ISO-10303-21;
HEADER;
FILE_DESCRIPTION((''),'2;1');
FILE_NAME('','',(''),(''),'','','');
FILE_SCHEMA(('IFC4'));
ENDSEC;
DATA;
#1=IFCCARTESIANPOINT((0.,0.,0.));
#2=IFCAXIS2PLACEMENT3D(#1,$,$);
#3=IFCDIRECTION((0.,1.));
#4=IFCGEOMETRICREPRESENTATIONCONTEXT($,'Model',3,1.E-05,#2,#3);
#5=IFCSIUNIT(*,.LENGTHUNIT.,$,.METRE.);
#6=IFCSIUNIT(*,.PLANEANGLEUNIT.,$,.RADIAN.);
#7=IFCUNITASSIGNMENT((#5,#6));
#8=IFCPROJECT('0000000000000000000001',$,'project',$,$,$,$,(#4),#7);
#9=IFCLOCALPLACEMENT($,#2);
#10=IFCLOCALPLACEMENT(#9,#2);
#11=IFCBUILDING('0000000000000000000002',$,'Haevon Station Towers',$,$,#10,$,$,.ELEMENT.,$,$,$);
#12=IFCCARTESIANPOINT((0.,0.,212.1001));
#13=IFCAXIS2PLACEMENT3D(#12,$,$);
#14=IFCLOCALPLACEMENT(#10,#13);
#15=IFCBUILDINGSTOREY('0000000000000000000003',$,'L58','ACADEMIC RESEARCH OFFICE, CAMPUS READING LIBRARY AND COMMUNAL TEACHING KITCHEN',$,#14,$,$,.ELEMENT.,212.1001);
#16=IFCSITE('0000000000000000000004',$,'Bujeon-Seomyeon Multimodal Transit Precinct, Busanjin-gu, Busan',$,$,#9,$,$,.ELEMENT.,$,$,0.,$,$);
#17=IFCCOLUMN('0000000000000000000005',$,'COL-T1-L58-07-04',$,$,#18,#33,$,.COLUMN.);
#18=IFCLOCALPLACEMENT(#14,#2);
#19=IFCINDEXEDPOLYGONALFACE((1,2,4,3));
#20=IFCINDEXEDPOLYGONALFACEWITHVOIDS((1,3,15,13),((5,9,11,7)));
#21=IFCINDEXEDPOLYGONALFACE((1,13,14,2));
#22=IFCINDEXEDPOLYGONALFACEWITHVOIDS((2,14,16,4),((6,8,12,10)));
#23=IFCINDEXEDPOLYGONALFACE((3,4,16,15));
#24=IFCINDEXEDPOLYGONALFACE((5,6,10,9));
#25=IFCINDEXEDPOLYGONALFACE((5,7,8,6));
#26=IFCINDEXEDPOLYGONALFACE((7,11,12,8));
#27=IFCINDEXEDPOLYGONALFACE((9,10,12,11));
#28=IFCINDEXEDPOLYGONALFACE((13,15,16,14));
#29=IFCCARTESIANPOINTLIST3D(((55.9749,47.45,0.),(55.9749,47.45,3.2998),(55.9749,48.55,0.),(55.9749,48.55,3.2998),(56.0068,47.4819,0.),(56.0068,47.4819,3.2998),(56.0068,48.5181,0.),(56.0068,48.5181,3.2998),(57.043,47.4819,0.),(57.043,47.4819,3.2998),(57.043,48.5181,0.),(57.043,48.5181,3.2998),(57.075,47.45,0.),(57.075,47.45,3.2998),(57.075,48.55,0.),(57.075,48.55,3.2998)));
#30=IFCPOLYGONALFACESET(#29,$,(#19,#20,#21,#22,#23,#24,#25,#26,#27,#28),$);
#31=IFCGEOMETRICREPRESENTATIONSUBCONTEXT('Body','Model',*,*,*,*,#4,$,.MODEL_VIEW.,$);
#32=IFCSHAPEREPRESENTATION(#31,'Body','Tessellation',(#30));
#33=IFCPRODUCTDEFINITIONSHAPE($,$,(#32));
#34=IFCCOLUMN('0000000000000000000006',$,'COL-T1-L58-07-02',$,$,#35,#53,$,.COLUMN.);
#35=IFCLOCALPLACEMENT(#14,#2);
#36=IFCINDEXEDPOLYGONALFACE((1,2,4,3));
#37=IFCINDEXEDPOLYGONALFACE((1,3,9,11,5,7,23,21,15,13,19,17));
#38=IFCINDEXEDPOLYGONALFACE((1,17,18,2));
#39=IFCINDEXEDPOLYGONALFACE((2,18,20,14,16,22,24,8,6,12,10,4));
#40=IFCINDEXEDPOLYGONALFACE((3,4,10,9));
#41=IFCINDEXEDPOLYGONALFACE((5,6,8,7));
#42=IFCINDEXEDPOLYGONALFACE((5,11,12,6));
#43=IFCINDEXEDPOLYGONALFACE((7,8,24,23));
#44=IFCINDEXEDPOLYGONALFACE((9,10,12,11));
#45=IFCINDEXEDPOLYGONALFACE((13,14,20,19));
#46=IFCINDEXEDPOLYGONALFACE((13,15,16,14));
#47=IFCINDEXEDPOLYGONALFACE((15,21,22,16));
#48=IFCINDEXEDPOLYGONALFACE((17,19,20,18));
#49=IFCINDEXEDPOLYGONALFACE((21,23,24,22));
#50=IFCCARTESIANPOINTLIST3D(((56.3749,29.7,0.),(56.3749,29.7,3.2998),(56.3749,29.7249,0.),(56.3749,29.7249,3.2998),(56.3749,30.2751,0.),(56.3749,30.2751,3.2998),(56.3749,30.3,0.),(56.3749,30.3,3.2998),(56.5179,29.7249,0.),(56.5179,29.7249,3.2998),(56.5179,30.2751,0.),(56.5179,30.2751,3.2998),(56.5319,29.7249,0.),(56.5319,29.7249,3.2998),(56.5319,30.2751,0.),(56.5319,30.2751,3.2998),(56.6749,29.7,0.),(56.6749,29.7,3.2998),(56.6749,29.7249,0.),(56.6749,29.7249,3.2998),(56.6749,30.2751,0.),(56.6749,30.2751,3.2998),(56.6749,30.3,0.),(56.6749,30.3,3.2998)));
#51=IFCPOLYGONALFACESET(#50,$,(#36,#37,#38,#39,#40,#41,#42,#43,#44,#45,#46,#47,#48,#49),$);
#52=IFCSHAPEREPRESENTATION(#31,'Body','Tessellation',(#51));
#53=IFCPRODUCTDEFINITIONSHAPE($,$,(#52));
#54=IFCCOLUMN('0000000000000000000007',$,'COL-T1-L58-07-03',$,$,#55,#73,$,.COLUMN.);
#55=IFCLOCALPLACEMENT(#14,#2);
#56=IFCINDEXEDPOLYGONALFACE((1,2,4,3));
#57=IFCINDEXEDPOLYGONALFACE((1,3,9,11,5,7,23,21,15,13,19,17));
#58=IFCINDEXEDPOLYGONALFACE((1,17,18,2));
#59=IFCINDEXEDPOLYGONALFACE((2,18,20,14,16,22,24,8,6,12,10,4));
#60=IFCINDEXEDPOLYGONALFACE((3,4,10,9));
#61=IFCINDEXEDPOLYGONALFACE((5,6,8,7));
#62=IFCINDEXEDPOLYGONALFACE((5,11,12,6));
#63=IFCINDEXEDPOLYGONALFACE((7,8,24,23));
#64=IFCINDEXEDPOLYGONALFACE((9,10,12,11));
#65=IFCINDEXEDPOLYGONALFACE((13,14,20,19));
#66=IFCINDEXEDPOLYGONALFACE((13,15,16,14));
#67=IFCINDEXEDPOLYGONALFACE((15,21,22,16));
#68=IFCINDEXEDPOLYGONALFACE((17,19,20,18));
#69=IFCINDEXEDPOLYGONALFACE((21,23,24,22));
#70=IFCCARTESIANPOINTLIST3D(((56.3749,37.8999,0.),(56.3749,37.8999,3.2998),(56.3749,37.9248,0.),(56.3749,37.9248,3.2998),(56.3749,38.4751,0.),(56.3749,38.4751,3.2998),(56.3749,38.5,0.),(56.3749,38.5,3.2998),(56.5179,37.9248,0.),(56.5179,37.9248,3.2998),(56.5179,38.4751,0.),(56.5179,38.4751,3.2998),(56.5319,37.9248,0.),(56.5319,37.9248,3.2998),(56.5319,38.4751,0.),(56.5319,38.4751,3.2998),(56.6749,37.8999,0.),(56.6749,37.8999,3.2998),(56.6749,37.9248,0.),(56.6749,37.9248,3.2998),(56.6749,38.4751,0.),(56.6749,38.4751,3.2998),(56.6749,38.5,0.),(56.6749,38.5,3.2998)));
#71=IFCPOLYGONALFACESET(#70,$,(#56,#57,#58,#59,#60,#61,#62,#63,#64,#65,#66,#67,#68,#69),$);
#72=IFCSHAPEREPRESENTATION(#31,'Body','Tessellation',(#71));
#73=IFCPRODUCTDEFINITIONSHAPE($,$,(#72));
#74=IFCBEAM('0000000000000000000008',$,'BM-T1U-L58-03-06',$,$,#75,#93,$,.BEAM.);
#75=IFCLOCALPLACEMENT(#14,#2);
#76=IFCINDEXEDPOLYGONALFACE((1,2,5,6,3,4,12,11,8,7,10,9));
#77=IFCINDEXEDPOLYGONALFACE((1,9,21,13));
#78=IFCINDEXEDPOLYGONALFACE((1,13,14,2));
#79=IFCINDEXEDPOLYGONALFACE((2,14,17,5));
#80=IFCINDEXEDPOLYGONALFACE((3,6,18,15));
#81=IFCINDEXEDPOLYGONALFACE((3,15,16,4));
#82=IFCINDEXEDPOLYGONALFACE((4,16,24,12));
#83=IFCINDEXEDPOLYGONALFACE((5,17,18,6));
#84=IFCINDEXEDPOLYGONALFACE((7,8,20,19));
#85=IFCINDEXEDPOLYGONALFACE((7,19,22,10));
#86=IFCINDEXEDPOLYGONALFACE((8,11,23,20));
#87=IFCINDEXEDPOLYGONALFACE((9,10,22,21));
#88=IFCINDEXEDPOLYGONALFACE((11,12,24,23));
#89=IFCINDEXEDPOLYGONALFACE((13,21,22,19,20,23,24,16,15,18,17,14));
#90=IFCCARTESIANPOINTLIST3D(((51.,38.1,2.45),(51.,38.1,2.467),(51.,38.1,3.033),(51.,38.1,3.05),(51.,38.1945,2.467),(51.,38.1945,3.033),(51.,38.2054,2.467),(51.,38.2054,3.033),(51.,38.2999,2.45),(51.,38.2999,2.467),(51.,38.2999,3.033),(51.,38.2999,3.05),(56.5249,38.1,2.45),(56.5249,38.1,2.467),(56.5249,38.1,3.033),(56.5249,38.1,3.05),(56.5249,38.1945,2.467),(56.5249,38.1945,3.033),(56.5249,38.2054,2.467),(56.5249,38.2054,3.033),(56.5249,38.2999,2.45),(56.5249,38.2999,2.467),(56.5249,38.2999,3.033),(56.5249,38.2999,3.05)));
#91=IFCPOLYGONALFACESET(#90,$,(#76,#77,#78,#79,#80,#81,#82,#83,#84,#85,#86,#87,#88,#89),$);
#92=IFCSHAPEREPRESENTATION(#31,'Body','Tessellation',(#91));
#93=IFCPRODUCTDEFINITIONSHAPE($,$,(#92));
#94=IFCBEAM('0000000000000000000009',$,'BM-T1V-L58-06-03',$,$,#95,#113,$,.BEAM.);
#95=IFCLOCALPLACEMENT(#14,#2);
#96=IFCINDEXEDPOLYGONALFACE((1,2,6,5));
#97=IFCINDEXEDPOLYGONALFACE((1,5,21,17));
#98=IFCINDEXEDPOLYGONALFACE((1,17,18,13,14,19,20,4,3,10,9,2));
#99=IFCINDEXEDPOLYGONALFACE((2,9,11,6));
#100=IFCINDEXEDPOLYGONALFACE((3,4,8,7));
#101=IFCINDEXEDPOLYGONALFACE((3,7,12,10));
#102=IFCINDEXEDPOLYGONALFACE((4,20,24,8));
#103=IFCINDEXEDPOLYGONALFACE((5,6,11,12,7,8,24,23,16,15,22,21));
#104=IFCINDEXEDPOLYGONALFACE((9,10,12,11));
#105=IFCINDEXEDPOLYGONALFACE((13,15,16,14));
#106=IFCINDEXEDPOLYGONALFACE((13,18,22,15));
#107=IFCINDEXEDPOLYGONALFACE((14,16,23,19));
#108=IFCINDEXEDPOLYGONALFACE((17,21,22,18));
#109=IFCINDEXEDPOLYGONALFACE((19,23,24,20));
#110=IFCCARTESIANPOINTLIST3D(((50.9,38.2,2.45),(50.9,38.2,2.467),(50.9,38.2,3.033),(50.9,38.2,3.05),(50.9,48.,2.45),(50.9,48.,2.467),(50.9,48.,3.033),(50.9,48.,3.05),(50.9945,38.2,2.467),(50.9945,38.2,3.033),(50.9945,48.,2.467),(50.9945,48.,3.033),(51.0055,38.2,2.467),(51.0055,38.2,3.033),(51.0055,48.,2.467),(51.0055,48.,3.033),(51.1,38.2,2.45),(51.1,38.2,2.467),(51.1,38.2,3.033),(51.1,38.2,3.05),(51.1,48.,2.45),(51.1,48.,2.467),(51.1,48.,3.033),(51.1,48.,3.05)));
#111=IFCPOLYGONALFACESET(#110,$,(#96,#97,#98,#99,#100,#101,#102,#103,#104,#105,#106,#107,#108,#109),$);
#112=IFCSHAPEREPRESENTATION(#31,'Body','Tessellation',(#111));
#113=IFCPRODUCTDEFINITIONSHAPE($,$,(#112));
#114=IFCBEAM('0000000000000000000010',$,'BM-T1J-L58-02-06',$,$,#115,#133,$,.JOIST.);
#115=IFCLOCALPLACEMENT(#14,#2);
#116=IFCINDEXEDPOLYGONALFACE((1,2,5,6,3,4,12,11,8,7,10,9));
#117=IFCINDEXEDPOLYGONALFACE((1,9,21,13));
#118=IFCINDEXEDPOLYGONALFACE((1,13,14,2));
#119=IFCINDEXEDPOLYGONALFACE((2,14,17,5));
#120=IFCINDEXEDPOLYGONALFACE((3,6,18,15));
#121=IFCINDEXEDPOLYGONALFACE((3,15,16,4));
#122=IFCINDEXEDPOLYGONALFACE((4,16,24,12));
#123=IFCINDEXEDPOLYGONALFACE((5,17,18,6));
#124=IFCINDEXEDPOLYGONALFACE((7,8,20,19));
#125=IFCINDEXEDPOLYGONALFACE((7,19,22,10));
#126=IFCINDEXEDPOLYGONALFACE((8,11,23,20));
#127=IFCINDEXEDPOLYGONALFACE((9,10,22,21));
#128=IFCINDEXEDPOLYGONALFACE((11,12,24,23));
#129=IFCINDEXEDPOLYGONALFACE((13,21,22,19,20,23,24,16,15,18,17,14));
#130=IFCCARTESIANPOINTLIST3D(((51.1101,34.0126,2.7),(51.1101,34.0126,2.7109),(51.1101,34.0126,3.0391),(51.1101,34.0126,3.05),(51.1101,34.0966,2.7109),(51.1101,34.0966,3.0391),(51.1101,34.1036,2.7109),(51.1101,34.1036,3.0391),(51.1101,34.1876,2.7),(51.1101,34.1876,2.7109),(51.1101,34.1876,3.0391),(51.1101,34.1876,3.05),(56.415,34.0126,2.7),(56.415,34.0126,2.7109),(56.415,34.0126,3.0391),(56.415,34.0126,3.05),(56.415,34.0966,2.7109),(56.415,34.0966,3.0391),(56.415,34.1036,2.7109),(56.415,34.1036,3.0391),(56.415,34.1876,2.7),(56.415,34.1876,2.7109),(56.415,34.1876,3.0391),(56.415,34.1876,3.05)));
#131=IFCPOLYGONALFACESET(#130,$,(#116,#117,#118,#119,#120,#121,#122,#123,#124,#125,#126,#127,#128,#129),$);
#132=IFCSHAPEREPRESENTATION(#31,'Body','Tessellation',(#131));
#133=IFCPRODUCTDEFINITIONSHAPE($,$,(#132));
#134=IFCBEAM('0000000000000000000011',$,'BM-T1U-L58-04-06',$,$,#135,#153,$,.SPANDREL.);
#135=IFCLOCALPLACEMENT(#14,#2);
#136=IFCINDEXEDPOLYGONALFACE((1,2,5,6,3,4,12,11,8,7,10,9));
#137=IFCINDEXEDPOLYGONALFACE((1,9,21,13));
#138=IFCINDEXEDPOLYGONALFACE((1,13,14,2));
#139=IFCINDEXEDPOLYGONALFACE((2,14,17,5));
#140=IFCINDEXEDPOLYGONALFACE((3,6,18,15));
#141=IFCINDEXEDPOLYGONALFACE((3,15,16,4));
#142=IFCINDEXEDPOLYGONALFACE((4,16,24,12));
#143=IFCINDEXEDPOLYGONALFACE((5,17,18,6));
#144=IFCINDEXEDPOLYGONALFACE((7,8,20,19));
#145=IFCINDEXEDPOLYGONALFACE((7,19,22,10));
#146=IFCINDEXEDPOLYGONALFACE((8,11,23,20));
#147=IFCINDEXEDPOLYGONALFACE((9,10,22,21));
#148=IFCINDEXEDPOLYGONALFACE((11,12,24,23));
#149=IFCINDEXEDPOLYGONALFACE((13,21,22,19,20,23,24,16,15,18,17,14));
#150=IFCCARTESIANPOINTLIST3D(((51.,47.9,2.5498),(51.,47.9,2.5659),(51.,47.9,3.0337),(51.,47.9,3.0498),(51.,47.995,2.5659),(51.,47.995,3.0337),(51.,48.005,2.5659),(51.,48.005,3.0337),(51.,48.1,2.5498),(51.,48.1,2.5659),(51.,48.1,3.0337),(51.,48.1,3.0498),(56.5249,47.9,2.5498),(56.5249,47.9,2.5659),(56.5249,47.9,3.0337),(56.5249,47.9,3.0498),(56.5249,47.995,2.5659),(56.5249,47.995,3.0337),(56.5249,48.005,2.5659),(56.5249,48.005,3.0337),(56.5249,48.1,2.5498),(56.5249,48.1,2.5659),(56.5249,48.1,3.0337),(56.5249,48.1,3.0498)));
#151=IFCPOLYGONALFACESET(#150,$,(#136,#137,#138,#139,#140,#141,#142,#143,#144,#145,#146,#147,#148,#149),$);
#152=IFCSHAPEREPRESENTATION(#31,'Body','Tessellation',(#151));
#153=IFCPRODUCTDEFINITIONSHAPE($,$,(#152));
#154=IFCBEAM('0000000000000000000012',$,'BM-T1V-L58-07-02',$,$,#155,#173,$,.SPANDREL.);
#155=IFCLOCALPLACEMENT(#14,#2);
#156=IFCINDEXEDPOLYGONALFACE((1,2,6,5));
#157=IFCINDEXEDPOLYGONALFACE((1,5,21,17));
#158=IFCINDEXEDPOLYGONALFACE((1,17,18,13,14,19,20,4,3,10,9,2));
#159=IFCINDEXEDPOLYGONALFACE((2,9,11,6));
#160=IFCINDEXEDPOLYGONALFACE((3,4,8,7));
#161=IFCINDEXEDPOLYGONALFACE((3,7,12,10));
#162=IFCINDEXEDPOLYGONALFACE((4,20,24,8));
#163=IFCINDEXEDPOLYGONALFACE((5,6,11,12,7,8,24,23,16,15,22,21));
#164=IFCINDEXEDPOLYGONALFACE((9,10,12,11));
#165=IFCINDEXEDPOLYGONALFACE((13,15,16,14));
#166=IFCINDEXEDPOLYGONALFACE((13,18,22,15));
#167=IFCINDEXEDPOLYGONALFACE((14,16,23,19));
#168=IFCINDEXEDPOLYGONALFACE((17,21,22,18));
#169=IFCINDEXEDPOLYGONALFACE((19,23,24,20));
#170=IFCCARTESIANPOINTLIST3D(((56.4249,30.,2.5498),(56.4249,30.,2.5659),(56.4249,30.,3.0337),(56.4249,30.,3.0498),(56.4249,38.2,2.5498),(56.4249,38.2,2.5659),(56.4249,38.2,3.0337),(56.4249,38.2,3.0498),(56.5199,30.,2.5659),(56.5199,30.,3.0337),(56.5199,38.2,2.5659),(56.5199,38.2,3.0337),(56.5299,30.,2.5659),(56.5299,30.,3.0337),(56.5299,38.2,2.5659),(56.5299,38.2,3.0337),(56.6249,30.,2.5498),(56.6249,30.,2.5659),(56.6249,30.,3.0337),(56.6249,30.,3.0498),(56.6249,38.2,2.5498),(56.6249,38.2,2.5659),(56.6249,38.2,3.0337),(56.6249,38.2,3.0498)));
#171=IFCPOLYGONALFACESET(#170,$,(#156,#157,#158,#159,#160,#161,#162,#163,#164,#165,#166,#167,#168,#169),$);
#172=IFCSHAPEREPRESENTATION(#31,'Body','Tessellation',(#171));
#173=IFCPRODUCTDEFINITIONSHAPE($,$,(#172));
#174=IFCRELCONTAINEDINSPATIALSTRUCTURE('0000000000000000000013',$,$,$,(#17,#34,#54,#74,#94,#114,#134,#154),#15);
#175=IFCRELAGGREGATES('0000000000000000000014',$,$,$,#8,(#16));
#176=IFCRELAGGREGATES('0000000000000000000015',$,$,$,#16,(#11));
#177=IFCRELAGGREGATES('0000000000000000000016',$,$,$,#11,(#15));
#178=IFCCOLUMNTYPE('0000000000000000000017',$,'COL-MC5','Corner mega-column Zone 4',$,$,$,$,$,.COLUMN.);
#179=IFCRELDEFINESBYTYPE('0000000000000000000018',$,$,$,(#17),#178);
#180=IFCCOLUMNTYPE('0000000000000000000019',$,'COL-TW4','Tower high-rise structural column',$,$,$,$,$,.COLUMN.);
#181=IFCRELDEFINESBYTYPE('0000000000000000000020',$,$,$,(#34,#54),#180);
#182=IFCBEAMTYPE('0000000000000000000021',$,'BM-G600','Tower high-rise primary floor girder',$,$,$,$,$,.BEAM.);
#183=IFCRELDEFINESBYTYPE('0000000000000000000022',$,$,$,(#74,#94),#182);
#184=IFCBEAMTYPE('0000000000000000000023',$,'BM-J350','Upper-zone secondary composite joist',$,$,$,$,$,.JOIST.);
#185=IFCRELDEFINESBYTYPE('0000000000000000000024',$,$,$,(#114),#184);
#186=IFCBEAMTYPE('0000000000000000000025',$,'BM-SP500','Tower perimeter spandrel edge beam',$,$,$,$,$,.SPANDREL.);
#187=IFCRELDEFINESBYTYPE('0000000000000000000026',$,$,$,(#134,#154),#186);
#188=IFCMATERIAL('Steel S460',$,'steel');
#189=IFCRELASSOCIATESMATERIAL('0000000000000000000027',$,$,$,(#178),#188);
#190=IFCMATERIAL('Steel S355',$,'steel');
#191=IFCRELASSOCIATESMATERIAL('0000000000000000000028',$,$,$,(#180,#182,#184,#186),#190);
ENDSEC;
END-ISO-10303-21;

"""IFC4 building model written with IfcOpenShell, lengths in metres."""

from ifc_helpers import new_model, si_unit, direction, frame, origin, origin_2d, place, context, subcontext, project, spatial, hollow_rectangle, i_section, extrude, material, material_profile, profile_set, type_object, element, save


model = new_model("IFC4")

# Units and contexts
model_context = context("Model", 3, precision=1e-05, world=origin(), true_north=direction((0.0, 1.0)))
body_context = subcontext(model_context, "Body", "Model", "MODEL_VIEW")
ifc_project = project(units=[si_unit("LENGTHUNIT", "METRE"), si_unit("PLANEANGLEUNIT", "RADIAN")], contexts=[model_context])

# Site, building, storey
site_placement = place(None, origin())
site = spatial("IfcSite", under=ifc_project, at=site_placement, Name="Bujeon-Seomyeon Multimodal Transit Precinct, Busanjin-gu, Busan", CompositionType="ELEMENT", RefElevation=0.0)
building_placement = place(site_placement, origin())
building = spatial("IfcBuilding", under=site, at=building_placement, Name="Haevon Station Towers", CompositionType="ELEMENT")
storey_placement = place(building_placement, frame((0.0, 0.0, 212.1001)))
storey = spatial("IfcBuildingStorey", under=building, at=storey_placement, Name="L58", Description="ACADEMIC RESEARCH OFFICE, CAMPUS READING LIBRARY AND COMMUNAL TEACHING KITCHEN", CompositionType="ELEMENT", Elevation=212.1001)

# Columns
ifc_material_1 = material(Name="Steel S460", Category="steel")
ifc_material_profile_1 = material_profile(ifc_material_1, hollow_rectangle(XDim=1.1001, YDim=1.1001, WallThickness=0.032, at=origin_2d()), Name="BOX-1100x1100x32")
ifc_profile_set_1 = profile_set([ifc_material_profile_1], Name="Steel S460")
column_type_1 = type_object("IfcColumnType", Name="COL-MC5", Description="Corner mega-column Zone 4", PredefinedType="COLUMN", material=ifc_profile_set_1)
column_placement = place(storey_placement, frame((56.5249, 48.0, 0.0), z_axis=(0.0, 0.0, 1.0), x_axis=(1.0, 0.0, 0.0)))
element("IfcColumn", 1, at=column_placement, inside=storey, type_object=column_type_1, Name="COL-T1-L58-07-04", PredefinedType="COLUMN", context=body_context, shape_type="SweptSolid", body=[
    extrude(hollow_rectangle(XDim=1.1001, YDim=1.1001, WallThickness=0.032, at=origin_2d()), origin(), (0.0, 0.0, 1.0), 3.2998),
])
ifc_material_2 = material(Name="Steel S355", Category="steel")
ifc_material_profile_2 = material_profile(ifc_material_2, i_section(OverallWidth=0.3, OverallDepth=0.6001, WebThickness=0.0139, FlangeThickness=0.0249, at=origin_2d()), Name="H-600x300x14x25")
ifc_profile_set_2 = profile_set([ifc_material_profile_2], Name="Steel S355")
column_type_2 = type_object("IfcColumnType", Name="COL-TW4", Description="Tower high-rise structural column", PredefinedType="COLUMN", material=ifc_profile_set_2)
for number, where, z_axis, x_axis, name in (
    (2, (56.5249, 30.0, 0.0), (0.0, 0.0, 1.0), (1.0, 0.0, 0.0), "COL-T1-L58-07-02"),
    (3, (56.5249, 38.2, 0.0), (0.0, 0.0, 1.0), (1.0, 0.0, 0.0), "COL-T1-L58-07-03"),
):
    element("IfcColumn", number, at=place(storey_placement, frame(where, z_axis=z_axis, x_axis=x_axis)), inside=storey, type_object=column_type_2, Name=name, PredefinedType="COLUMN", context=body_context, shape_type="SweptSolid", body=[
        extrude(i_section(OverallWidth=0.3, OverallDepth=0.6001, WebThickness=0.0139, FlangeThickness=0.0249, at=origin_2d()), origin(), (0.0, 0.0, 1.0), 3.2998),
    ])

# Beams
ifc_material_profile_3 = material_profile(ifc_material_2, i_section(OverallWidth=0.2, OverallDepth=0.6001, WebThickness=0.011, FlangeThickness=0.0171, at=origin_2d()), Name="H-600x200x11x17")
ifc_profile_set_3 = profile_set([ifc_material_profile_3], Name="Steel S355")
beam_type_1 = type_object("IfcBeamType", Name="BM-G600", Description="Tower high-rise primary floor girder", PredefinedType="BEAM", material=ifc_profile_set_3)
beam_1_placement = place(storey_placement, frame((51.0, 38.2, 2.75), z_axis=(1.0, 0.0, 0.0), x_axis=(0.0, 1.0, 0.0)))
element("IfcBeam", 4, at=beam_1_placement, inside=storey, type_object=beam_type_1, Name="BM-T1U-L58-03-06", PredefinedType="BEAM", context=body_context, shape_type="SweptSolid", body=[
    extrude(i_section(OverallWidth=0.2, OverallDepth=0.6001, WebThickness=0.011, FlangeThickness=0.0171, at=origin_2d()), origin(), (0.0, 0.0, 1.0), 5.5249),
])
beam_2_placement = place(storey_placement, frame((51.0, 38.2, 2.75), z_axis=(0.0, 1.0, 0.0), x_axis=(-1.0, 0.0, 0.0)))
element("IfcBeam", 5, at=beam_2_placement, inside=storey, type_object=beam_type_1, Name="BM-T1V-L58-06-03", PredefinedType="BEAM", context=body_context, shape_type="SweptSolid", body=[
    extrude(i_section(OverallWidth=0.2, OverallDepth=0.6001, WebThickness=0.011, FlangeThickness=0.0171, at=origin_2d()), origin(), (0.0, 0.0, 1.0), 9.8),
])
ifc_material_profile_4 = material_profile(ifc_material_2, i_section(OverallWidth=0.175, OverallDepth=0.3501, WebThickness=0.0071, FlangeThickness=0.011, at=origin_2d()), Name="H-350x175x7x11")
ifc_profile_set_4 = profile_set([ifc_material_profile_4], Name="Steel S355")
beam_type_2 = type_object("IfcBeamType", Name="BM-J350", Description="Upper-zone secondary composite joist", PredefinedType="JOIST", material=ifc_profile_set_4)
beam_3_placement = place(storey_placement, frame((51.1101, 34.1001, 2.875), z_axis=(1.0, 0.0, 0.0), x_axis=(0.0, 1.0, 0.0)))
element("IfcBeam", 6, at=beam_3_placement, inside=storey, type_object=beam_type_2, Name="BM-T1J-L58-02-06", PredefinedType="JOIST", context=body_context, shape_type="SweptSolid", body=[
    extrude(i_section(OverallWidth=0.175, OverallDepth=0.3501, WebThickness=0.0071, FlangeThickness=0.011, at=origin_2d()), origin(), (0.0, 0.0, 1.0), 5.3049),
])
ifc_material_profile_5 = material_profile(ifc_material_2, i_section(OverallWidth=0.2, OverallDepth=0.5, WebThickness=0.01, FlangeThickness=0.0161, at=origin_2d()), Name="H-500x200x10x16")
ifc_profile_set_5 = profile_set([ifc_material_profile_5], Name="Steel S355")
beam_type_3 = type_object("IfcBeamType", Name="BM-SP500", Description="Tower perimeter spandrel edge beam", PredefinedType="SPANDREL", material=ifc_profile_set_5)
beam_4_placement = place(storey_placement, frame((51.0, 48.0, 2.7998), z_axis=(1.0, 0.0, 0.0), x_axis=(0.0, 1.0, 0.0)))
element("IfcBeam", 7, at=beam_4_placement, inside=storey, type_object=beam_type_3, Name="BM-T1U-L58-04-06", PredefinedType="SPANDREL", context=body_context, shape_type="SweptSolid", body=[
    extrude(i_section(OverallWidth=0.2, OverallDepth=0.5, WebThickness=0.01, FlangeThickness=0.0161, at=origin_2d()), origin(), (0.0, 0.0, 1.0), 5.5249),
])
beam_5_placement = place(storey_placement, frame((56.5249, 30.0, 2.7998), z_axis=(0.0, 1.0, 0.0), x_axis=(-1.0, 0.0, 0.0)))
element("IfcBeam", 8, at=beam_5_placement, inside=storey, type_object=beam_type_3, Name="BM-T1V-L58-07-02", PredefinedType="SPANDREL", context=body_context, shape_type="SweptSolid", body=[
    extrude(i_section(OverallWidth=0.2, OverallDepth=0.5, WebThickness=0.01, FlangeThickness=0.0161, at=origin_2d()), origin(), (0.0, 0.0, 1.0), 8.2),
])

save(model, "model.ifc")
